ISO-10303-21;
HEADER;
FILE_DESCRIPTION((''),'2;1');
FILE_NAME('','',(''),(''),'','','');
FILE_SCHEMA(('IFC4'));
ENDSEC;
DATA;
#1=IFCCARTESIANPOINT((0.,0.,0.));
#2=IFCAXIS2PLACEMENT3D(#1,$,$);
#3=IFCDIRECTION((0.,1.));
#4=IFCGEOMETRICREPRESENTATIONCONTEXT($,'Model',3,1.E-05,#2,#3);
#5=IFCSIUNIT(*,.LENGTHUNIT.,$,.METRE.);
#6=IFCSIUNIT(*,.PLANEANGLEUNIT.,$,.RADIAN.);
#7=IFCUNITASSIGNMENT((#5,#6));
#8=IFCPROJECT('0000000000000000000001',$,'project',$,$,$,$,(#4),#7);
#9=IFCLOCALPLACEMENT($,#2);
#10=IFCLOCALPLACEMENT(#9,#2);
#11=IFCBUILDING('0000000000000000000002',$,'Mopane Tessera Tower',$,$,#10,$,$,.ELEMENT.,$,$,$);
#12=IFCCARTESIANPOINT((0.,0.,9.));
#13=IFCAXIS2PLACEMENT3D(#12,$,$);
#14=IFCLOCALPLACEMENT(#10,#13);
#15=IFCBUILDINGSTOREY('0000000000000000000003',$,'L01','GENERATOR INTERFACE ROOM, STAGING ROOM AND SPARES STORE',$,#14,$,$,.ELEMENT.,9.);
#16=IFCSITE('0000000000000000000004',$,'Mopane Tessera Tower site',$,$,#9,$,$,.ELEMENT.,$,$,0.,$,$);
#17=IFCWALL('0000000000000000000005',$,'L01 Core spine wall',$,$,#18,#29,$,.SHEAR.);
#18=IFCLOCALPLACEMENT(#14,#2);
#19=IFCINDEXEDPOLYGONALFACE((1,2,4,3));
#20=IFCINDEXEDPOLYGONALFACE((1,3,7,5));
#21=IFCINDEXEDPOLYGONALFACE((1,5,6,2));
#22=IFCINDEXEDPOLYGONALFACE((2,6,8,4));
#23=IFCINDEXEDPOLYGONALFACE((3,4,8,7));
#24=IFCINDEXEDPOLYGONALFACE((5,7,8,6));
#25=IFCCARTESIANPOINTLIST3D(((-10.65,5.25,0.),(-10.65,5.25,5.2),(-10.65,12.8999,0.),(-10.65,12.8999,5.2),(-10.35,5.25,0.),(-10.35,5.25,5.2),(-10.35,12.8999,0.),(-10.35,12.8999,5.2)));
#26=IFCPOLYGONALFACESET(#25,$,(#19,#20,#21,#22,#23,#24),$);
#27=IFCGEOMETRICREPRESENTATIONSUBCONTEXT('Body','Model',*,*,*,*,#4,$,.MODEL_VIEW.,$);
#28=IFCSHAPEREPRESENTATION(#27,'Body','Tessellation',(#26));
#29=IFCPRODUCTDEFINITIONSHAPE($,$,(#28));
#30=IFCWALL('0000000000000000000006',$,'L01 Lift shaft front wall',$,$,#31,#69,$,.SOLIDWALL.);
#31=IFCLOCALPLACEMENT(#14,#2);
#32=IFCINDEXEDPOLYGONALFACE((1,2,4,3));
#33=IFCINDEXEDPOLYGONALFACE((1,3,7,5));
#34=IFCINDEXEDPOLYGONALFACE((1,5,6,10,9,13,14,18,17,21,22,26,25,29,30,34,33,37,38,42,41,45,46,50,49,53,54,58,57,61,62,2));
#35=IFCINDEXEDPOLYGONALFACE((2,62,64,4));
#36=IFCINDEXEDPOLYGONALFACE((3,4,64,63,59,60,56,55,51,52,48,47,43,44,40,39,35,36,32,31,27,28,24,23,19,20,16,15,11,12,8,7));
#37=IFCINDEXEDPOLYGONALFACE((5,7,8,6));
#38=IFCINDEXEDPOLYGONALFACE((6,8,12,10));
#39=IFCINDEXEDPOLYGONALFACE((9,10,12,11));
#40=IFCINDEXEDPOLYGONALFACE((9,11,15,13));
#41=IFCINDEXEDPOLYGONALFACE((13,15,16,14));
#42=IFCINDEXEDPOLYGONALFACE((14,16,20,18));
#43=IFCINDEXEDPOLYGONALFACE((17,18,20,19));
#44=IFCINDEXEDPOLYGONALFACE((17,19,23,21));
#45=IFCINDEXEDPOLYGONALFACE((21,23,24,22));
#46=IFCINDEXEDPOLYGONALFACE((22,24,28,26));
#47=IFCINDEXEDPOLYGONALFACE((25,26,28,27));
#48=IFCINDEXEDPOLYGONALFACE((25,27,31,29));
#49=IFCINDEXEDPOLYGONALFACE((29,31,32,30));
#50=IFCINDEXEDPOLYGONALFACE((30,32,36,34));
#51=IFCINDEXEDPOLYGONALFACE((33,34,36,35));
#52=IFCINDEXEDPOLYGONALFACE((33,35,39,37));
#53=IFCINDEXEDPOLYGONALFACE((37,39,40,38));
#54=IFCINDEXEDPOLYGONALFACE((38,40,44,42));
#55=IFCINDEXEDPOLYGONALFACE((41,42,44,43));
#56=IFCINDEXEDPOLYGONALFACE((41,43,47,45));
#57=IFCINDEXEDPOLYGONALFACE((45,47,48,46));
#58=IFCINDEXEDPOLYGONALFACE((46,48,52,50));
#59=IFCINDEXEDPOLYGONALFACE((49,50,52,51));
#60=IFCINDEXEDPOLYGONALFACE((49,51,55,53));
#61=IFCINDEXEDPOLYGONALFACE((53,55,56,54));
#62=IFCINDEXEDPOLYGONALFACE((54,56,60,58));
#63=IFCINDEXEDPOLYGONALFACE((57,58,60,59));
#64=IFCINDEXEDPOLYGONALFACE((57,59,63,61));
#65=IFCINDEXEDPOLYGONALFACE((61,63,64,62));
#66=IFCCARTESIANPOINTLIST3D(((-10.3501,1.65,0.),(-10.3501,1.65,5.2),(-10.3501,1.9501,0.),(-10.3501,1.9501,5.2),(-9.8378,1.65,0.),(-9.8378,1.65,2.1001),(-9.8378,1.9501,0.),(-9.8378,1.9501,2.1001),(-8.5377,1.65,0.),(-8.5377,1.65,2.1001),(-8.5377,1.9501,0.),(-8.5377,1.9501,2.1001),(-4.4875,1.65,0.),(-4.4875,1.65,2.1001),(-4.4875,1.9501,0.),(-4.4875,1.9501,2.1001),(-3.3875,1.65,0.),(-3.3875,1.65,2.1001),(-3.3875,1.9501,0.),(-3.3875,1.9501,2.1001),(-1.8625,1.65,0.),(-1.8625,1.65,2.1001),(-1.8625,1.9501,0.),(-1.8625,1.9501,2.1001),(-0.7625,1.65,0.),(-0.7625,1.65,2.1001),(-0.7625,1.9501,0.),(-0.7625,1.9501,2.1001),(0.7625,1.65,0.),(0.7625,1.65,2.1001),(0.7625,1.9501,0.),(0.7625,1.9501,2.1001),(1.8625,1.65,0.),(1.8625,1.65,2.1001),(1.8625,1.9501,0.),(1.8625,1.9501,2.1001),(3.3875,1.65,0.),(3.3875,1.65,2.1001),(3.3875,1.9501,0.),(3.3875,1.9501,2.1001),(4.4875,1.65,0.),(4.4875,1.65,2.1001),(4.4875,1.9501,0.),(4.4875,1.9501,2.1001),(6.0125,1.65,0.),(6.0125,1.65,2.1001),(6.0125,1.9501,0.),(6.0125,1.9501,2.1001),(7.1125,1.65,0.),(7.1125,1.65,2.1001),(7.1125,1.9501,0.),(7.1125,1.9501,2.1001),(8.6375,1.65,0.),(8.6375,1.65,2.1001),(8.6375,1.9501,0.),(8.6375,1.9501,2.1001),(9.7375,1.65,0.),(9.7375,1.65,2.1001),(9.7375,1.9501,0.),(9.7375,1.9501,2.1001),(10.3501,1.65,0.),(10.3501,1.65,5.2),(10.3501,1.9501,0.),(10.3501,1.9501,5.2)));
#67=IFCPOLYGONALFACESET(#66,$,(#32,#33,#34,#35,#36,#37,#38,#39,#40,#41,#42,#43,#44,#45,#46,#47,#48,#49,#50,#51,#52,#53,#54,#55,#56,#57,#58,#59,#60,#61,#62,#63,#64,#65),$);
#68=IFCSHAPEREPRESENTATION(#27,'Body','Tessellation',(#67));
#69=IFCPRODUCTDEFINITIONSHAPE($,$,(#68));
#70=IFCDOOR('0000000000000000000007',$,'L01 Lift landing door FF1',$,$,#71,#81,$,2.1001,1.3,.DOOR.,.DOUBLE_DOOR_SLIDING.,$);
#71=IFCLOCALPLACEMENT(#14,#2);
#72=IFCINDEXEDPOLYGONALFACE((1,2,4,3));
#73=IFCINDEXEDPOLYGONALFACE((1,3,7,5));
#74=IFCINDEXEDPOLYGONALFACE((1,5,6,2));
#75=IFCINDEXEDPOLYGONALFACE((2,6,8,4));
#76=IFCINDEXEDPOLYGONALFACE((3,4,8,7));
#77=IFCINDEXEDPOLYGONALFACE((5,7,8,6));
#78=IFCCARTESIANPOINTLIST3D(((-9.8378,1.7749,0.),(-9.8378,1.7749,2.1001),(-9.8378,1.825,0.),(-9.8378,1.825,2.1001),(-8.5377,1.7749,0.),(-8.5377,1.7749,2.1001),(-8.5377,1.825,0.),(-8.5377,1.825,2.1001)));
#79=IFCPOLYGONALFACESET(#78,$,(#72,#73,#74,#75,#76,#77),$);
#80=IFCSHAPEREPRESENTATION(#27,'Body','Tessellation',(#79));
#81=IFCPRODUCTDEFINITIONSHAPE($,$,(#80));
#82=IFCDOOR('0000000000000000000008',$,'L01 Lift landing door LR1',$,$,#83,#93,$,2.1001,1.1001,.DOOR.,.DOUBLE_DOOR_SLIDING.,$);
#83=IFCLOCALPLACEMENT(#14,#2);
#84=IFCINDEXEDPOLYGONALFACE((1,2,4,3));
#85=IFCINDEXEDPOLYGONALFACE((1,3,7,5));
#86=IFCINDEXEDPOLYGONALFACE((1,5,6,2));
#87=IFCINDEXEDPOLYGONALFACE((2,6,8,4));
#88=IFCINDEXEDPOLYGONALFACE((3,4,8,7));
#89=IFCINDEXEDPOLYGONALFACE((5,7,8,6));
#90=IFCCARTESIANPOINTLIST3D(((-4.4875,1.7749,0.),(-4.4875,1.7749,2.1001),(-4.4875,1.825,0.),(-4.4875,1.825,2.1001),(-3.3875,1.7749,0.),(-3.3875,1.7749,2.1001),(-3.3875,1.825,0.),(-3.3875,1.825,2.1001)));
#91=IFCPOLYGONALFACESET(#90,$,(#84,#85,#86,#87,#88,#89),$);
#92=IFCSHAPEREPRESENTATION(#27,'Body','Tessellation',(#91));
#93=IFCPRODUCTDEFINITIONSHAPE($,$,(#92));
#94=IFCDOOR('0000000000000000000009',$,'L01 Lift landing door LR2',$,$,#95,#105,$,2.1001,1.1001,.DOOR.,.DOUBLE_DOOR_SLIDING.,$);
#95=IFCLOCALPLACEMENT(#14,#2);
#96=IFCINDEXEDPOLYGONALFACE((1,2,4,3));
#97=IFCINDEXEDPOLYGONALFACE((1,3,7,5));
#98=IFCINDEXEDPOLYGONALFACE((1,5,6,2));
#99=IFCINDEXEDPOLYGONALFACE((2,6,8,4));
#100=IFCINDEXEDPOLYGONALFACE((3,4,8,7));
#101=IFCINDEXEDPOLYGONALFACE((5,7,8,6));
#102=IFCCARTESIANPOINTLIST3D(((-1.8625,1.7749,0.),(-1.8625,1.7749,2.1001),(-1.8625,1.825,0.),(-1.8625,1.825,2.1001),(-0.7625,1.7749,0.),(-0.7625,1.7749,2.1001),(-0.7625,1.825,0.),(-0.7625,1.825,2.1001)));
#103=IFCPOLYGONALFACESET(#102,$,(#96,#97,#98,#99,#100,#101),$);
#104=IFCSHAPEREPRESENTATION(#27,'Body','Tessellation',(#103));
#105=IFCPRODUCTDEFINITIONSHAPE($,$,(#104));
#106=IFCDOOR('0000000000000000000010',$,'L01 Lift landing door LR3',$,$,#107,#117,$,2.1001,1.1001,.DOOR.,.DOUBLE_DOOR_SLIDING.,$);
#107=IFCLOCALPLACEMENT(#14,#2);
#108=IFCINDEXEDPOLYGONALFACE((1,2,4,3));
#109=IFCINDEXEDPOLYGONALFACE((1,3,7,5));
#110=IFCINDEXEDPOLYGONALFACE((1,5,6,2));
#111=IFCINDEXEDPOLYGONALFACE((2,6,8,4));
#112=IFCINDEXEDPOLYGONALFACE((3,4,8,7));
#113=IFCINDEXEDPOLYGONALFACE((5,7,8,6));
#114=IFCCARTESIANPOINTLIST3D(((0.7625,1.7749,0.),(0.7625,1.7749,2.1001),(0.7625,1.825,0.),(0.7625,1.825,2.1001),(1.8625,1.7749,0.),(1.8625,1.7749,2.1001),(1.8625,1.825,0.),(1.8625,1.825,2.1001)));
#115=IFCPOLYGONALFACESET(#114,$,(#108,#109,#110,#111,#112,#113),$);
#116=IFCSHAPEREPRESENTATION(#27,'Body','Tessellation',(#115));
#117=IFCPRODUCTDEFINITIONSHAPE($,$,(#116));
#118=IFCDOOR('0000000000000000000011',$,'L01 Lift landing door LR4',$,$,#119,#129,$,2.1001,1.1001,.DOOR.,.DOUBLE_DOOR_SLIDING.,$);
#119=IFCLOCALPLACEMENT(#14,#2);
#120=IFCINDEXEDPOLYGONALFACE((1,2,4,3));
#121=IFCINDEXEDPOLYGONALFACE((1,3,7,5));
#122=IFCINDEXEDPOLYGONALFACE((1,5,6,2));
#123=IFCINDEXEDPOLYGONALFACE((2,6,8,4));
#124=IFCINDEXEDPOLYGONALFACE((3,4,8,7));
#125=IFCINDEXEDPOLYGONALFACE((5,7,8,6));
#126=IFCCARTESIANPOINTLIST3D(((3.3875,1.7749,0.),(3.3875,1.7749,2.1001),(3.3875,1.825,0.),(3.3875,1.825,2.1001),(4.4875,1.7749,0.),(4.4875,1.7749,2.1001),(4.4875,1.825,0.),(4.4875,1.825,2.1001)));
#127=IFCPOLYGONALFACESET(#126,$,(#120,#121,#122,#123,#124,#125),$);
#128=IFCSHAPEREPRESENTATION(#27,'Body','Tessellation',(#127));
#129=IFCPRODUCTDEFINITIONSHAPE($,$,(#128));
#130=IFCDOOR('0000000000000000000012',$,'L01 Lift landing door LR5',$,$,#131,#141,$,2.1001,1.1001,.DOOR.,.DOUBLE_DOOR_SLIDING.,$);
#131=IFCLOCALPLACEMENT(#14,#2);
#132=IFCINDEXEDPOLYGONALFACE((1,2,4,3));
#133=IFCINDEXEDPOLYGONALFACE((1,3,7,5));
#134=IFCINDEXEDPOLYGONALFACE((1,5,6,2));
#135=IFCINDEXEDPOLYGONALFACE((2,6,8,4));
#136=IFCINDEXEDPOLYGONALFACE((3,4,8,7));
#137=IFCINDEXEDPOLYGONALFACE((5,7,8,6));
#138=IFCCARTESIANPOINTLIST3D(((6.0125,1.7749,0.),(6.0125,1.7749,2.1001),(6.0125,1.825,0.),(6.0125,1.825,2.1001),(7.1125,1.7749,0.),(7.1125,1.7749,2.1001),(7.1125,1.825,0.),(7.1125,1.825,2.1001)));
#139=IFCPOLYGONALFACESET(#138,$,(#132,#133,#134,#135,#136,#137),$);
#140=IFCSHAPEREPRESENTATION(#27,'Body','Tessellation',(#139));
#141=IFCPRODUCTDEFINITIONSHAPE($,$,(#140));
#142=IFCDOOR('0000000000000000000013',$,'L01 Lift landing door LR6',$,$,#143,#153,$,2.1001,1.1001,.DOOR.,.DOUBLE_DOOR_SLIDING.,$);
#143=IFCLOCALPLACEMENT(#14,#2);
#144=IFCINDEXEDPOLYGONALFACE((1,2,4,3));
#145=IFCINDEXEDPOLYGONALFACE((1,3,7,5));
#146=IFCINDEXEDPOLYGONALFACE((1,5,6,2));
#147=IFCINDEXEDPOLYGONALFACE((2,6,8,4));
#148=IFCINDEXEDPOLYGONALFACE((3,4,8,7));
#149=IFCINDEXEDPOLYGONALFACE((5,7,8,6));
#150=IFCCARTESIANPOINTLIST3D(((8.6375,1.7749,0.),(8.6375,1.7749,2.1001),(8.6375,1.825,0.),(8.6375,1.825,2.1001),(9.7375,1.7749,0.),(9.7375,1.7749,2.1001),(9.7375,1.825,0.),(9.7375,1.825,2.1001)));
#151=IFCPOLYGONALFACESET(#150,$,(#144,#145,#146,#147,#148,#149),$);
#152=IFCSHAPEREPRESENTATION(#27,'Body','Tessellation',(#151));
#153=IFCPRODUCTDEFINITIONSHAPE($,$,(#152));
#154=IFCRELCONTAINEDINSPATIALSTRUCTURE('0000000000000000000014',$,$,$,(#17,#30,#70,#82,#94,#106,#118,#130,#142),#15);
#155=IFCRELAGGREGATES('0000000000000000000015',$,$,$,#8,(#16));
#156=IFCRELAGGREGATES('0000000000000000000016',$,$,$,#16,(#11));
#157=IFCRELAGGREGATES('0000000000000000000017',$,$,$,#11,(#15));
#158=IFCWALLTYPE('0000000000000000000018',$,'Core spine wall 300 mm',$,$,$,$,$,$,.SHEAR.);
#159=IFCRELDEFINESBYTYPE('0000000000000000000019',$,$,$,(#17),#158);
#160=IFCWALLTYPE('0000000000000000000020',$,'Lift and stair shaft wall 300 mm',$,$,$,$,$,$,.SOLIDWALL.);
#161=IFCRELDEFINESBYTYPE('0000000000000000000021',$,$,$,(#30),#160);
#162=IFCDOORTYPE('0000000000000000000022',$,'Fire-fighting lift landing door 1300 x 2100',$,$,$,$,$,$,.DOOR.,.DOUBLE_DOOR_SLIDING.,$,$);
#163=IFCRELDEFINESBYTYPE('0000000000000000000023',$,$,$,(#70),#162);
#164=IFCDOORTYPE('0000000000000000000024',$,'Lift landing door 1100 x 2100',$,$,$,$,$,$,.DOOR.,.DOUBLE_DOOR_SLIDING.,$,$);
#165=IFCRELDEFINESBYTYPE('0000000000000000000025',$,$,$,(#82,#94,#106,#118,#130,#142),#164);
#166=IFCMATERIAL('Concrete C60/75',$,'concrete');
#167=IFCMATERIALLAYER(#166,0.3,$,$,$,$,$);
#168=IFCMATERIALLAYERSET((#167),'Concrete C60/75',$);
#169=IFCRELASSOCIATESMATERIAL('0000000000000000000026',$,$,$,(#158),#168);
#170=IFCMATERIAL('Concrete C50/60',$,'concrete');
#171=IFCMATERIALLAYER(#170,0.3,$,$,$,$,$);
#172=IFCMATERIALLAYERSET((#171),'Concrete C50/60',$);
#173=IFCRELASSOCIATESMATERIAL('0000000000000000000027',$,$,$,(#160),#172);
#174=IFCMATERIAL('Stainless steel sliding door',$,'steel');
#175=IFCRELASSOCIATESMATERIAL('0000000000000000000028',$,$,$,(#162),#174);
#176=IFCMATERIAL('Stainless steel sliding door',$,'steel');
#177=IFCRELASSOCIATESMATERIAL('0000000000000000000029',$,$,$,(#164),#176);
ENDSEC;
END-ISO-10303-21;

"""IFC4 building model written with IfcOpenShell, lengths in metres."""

from ifc_helpers import new_model, si_unit, direction, frame, frame_2d, origin, place, context, subcontext, project, spatial, rectangle, extrude, material, layer, layer_set, type_object, element, fill, save


model = new_model("IFC4")

# Units and contexts
model_context = context("Model", 3, precision=1e-05, world=origin(), true_north=direction((0.0, 1.0)))
body_context = subcontext(model_context, "Body", "Model", "MODEL_VIEW")
ifc_project = project(units=[si_unit("LENGTHUNIT", "METRE"), si_unit("PLANEANGLEUNIT", "RADIAN")], contexts=[model_context])

# Site, building, storey
site_placement = place(None, origin())
site = spatial("IfcSite", under=ifc_project, at=site_placement, Name="Mopane Tessera Tower site", CompositionType="ELEMENT", RefElevation=0.0)
building_placement = place(site_placement, origin())
building = spatial("IfcBuilding", under=site, at=building_placement, Name="Mopane Tessera Tower", CompositionType="ELEMENT")
storey_placement = place(building_placement, frame((0.0, 0.0, 9.0)))
storey = spatial("IfcBuildingStorey", under=building, at=storey_placement, Name="L01", Description="GENERATOR INTERFACE ROOM, STAGING ROOM AND SPARES STORE", CompositionType="ELEMENT", Elevation=9.0)

# Wall
ifc_material_1 = material(Name="Concrete C60/75", Category="concrete")
ifc_layer_1 = layer(ifc_material_1, 0.3)
ifc_layer_set_1 = layer_set([ifc_layer_1], Name="Concrete C60/75")
wall_type_1 = type_object("IfcWallType", Name="Core spine wall 300 mm", PredefinedType="SHEAR", material=ifc_layer_set_1)
wall_1_placement = place(storey_placement, frame((-10.5, 5.25, 0.0), z_axis=(0.0, 0.0, 1.0), x_axis=(0.0, 1.0, 0.0)))
element("IfcWall", 1, at=wall_1_placement, inside=storey, type_object=wall_type_1, Name="L01 Core spine wall", PredefinedType="SHEAR", context=body_context, shape_type="SweptSolid", body=[
    extrude(rectangle(XDim=7.6499, YDim=0.3, at=frame_2d((3.825, 0.0))), origin(), (0.0, 0.0, 1.0), 5.2),
])

# Wall, openings, doors
ifc_material_2 = material(Name="Concrete C50/60", Category="concrete")
ifc_layer_2 = layer(ifc_material_2, 0.3)
ifc_layer_set_2 = layer_set([ifc_layer_2], Name="Concrete C50/60")
wall_type_2 = type_object("IfcWallType", Name="Lift and stair shaft wall 300 mm", PredefinedType="SOLIDWALL", material=ifc_layer_set_2)
wall_2_placement = place(storey_placement, frame((-10.3501, 1.8, 0.0), z_axis=(0.0, 0.0, 1.0), x_axis=(1.0, 0.0, 0.0)))
wall_2 = element("IfcWall", 2, at=wall_2_placement, inside=storey, type_object=wall_type_2, Name="L01 Lift shaft front wall", PredefinedType="SOLIDWALL", context=body_context, shape_type="SweptSolid", body=[
    extrude(rectangle(XDim=20.7002, YDim=0.3, at=frame_2d((10.3501, 0.0))), origin(), (0.0, 0.0, 1.0), 5.2),
])
opening_1_placement = place(wall_2_placement, frame((0.5125, 0.0, 0.0)))
opening_1 = element("IfcOpeningElement", 3, at=opening_1_placement, cuts=wall_2, PredefinedType="OPENING", context=body_context, shape_type="SweptSolid", body=[
    extrude(rectangle(XDim=1.3, YDim=2.1001, at=frame_2d((0.6499, 1.05))), frame((0.0, 0.1621, 0.0), z_axis=(0.0, -1.0, 0.0), x_axis=(1.0, 0.0, 0.0)), (0.0, 0.0, 1.0), 0.324),
])
opening_2_placement = place(wall_2_placement, frame((5.8625, 0.0, 0.0)))
opening_2 = element("IfcOpeningElement", 4, at=opening_2_placement, cuts=wall_2, PredefinedType="OPENING", context=body_context, shape_type="SweptSolid", body=[
    extrude(rectangle(XDim=1.1001, YDim=2.1001, at=frame_2d((0.55, 1.05))), frame((0.0, 0.1621, 0.0), z_axis=(0.0, -1.0, 0.0), x_axis=(1.0, 0.0, 0.0)), (0.0, 0.0, 1.0), 0.324),
])
opening_3_placement = place(wall_2_placement, frame((8.4875, 0.0, 0.0)))
opening_3 = element("IfcOpeningElement", 5, at=opening_3_placement, cuts=wall_2, PredefinedType="OPENING", context=body_context, shape_type="SweptSolid", body=[
    extrude(rectangle(XDim=1.1001, YDim=2.1001, at=frame_2d((0.55, 1.05))), frame((0.0, 0.1621, 0.0), z_axis=(0.0, -1.0, 0.0), x_axis=(1.0, 0.0, 0.0)), (0.0, 0.0, 1.0), 0.324),
])
opening_4_placement = place(wall_2_placement, frame((11.1125, 0.0, 0.0)))
opening_4 = element("IfcOpeningElement", 6, at=opening_4_placement, cuts=wall_2, PredefinedType="OPENING", context=body_context, shape_type="SweptSolid", body=[
    extrude(rectangle(XDim=1.1001, YDim=2.1001, at=frame_2d((0.55, 1.05))), frame((0.0, 0.1621, 0.0), z_axis=(0.0, -1.0, 0.0), x_axis=(1.0, 0.0, 0.0)), (0.0, 0.0, 1.0), 0.324),
])
opening_5_placement = place(wall_2_placement, frame((13.7375, 0.0, 0.0)))
opening_5 = element("IfcOpeningElement", 7, at=opening_5_placement, cuts=wall_2, PredefinedType="OPENING", context=body_context, shape_type="SweptSolid", body=[
    extrude(rectangle(XDim=1.1001, YDim=2.1001, at=frame_2d((0.55, 1.05))), frame((0.0, 0.1621, 0.0), z_axis=(0.0, -1.0, 0.0), x_axis=(1.0, 0.0, 0.0)), (0.0, 0.0, 1.0), 0.324),
])
opening_6_placement = place(wall_2_placement, frame((16.3625, 0.0, 0.0)))
opening_6 = element("IfcOpeningElement", 8, at=opening_6_placement, cuts=wall_2, PredefinedType="OPENING", context=body_context, shape_type="SweptSolid", body=[
    extrude(rectangle(XDim=1.1001, YDim=2.1001, at=frame_2d((0.55, 1.05))), frame((0.0, 0.1621, 0.0), z_axis=(0.0, -1.0, 0.0), x_axis=(1.0, 0.0, 0.0)), (0.0, 0.0, 1.0), 0.324),
])
opening_7_placement = place(wall_2_placement, frame((18.9875, 0.0, 0.0)))
opening_7 = element("IfcOpeningElement", 9, at=opening_7_placement, cuts=wall_2, PredefinedType="OPENING", context=body_context, shape_type="SweptSolid", body=[
    extrude(rectangle(XDim=1.1001, YDim=2.1001, at=frame_2d((0.55, 1.05))), frame((0.0, 0.1621, 0.0), z_axis=(0.0, -1.0, 0.0), x_axis=(1.0, 0.0, 0.0)), (0.0, 0.0, 1.0), 0.324),
])
ifc_material_3 = material(Name="Stainless steel sliding door", Category="steel")
door_type_1 = type_object("IfcDoorType", Name="Fire-fighting lift landing door 1300 x 2100", OperationType="DOUBLE_DOOR_SLIDING", PredefinedType="DOOR", material=ifc_material_3)
door_1_placement = place(opening_1_placement, origin())
door_1 = element("IfcDoor", 10, at=door_1_placement, inside=storey, type_object=door_type_1, Name="L01 Lift landing door FF1", OperationType="DOUBLE_DOOR_SLIDING", OverallHeight=2.1001, OverallWidth=1.3, PredefinedType="DOOR", context=body_context, shape_type="SweptSolid", body=[
    extrude(rectangle(XDim=1.3, YDim=2.1001, at=frame_2d((0.6499, 1.05))), frame((0.0, 0.0249, 0.0), z_axis=(0.0, -1.0, 0.0), x_axis=(1.0, 0.0, 0.0)), (0.0, 0.0, 1.0), 0.05),
])
fill(opening_1, door_1)
ifc_material_4 = material(Name="Stainless steel sliding door", Category="steel")
door_type_2 = type_object("IfcDoorType", Name="Lift landing door 1100 x 2100", OperationType="DOUBLE_DOOR_SLIDING", PredefinedType="DOOR", material=ifc_material_4)
door_2_placement = place(opening_2_placement, origin())
door_2 = element("IfcDoor", 11, at=door_2_placement, inside=storey, type_object=door_type_2, Name="L01 Lift landing door LR1", OperationType="DOUBLE_DOOR_SLIDING", OverallHeight=2.1001, OverallWidth=1.1001, PredefinedType="DOOR", context=body_context, shape_type="SweptSolid", body=[
    extrude(rectangle(XDim=1.1001, YDim=2.1001, at=frame_2d((0.55, 1.05))), frame((0.0, 0.0249, 0.0), z_axis=(0.0, -1.0, 0.0), x_axis=(1.0, 0.0, 0.0)), (0.0, 0.0, 1.0), 0.05),
])
fill(opening_2, door_2)
door_3_placement = place(opening_3_placement, origin())
door_3 = element("IfcDoor", 12, at=door_3_placement, inside=storey, type_object=door_type_2, Name="L01 Lift landing door LR2", OperationType="DOUBLE_DOOR_SLIDING", OverallHeight=2.1001, OverallWidth=1.1001, PredefinedType="DOOR", context=body_context, shape_type="SweptSolid", body=[
    extrude(rectangle(XDim=1.1001, YDim=2.1001, at=frame_2d((0.55, 1.05))), frame((0.0, 0.0249, 0.0), z_axis=(0.0, -1.0, 0.0), x_axis=(1.0, 0.0, 0.0)), (0.0, 0.0, 1.0), 0.05),
])
fill(opening_3, door_3)
door_4_placement = place(opening_4_placement, origin())
door_4 = element("IfcDoor", 13, at=door_4_placement, inside=storey, type_object=door_type_2, Name="L01 Lift landing door LR3", OperationType="DOUBLE_DOOR_SLIDING", OverallHeight=2.1001, OverallWidth=1.1001, PredefinedType="DOOR", context=body_context, shape_type="SweptSolid", body=[
    extrude(rectangle(XDim=1.1001, YDim=2.1001, at=frame_2d((0.55, 1.05))), frame((0.0, 0.0249, 0.0), z_axis=(0.0, -1.0, 0.0), x_axis=(1.0, 0.0, 0.0)), (0.0, 0.0, 1.0), 0.05),
])
fill(opening_4, door_4)
door_5_placement = place(opening_5_placement, origin())
door_5 = element("IfcDoor", 14, at=door_5_placement, inside=storey, type_object=door_type_2, Name="L01 Lift landing door LR4", OperationType="DOUBLE_DOOR_SLIDING", OverallHeight=2.1001, OverallWidth=1.1001, PredefinedType="DOOR", context=body_context, shape_type="SweptSolid", body=[
    extrude(rectangle(XDim=1.1001, YDim=2.1001, at=frame_2d((0.55, 1.05))), frame((0.0, 0.0249, 0.0), z_axis=(0.0, -1.0, 0.0), x_axis=(1.0, 0.0, 0.0)), (0.0, 0.0, 1.0), 0.05),
])
fill(opening_5, door_5)
door_6_placement = place(opening_6_placement, origin())
door_6 = element("IfcDoor", 15, at=door_6_placement, inside=storey, type_object=door_type_2, Name="L01 Lift landing door LR5", OperationType="DOUBLE_DOOR_SLIDING", OverallHeight=2.1001, OverallWidth=1.1001, PredefinedType="DOOR", context=body_context, shape_type="SweptSolid", body=[
    extrude(rectangle(XDim=1.1001, YDim=2.1001, at=frame_2d((0.55, 1.05))), frame((0.0, 0.0249, 0.0), z_axis=(0.0, -1.0, 0.0), x_axis=(1.0, 0.0, 0.0)), (0.0, 0.0, 1.0), 0.05),
])
fill(opening_6, door_6)
door_7_placement = place(opening_7_placement, origin())
door_7 = element("IfcDoor", 16, at=door_7_placement, inside=storey, type_object=door_type_2, Name="L01 Lift landing door LR6", OperationType="DOUBLE_DOOR_SLIDING", OverallHeight=2.1001, OverallWidth=1.1001, PredefinedType="DOOR", context=body_context, shape_type="SweptSolid", body=[
    extrude(rectangle(XDim=1.1001, YDim=2.1001, at=frame_2d((0.55, 1.05))), frame((0.0, 0.0249, 0.0), z_axis=(0.0, -1.0, 0.0), x_axis=(1.0, 0.0, 0.0)), (0.0, 0.0, 1.0), 0.05),
])
fill(opening_7, door_7)

save(model, "model.ifc")
